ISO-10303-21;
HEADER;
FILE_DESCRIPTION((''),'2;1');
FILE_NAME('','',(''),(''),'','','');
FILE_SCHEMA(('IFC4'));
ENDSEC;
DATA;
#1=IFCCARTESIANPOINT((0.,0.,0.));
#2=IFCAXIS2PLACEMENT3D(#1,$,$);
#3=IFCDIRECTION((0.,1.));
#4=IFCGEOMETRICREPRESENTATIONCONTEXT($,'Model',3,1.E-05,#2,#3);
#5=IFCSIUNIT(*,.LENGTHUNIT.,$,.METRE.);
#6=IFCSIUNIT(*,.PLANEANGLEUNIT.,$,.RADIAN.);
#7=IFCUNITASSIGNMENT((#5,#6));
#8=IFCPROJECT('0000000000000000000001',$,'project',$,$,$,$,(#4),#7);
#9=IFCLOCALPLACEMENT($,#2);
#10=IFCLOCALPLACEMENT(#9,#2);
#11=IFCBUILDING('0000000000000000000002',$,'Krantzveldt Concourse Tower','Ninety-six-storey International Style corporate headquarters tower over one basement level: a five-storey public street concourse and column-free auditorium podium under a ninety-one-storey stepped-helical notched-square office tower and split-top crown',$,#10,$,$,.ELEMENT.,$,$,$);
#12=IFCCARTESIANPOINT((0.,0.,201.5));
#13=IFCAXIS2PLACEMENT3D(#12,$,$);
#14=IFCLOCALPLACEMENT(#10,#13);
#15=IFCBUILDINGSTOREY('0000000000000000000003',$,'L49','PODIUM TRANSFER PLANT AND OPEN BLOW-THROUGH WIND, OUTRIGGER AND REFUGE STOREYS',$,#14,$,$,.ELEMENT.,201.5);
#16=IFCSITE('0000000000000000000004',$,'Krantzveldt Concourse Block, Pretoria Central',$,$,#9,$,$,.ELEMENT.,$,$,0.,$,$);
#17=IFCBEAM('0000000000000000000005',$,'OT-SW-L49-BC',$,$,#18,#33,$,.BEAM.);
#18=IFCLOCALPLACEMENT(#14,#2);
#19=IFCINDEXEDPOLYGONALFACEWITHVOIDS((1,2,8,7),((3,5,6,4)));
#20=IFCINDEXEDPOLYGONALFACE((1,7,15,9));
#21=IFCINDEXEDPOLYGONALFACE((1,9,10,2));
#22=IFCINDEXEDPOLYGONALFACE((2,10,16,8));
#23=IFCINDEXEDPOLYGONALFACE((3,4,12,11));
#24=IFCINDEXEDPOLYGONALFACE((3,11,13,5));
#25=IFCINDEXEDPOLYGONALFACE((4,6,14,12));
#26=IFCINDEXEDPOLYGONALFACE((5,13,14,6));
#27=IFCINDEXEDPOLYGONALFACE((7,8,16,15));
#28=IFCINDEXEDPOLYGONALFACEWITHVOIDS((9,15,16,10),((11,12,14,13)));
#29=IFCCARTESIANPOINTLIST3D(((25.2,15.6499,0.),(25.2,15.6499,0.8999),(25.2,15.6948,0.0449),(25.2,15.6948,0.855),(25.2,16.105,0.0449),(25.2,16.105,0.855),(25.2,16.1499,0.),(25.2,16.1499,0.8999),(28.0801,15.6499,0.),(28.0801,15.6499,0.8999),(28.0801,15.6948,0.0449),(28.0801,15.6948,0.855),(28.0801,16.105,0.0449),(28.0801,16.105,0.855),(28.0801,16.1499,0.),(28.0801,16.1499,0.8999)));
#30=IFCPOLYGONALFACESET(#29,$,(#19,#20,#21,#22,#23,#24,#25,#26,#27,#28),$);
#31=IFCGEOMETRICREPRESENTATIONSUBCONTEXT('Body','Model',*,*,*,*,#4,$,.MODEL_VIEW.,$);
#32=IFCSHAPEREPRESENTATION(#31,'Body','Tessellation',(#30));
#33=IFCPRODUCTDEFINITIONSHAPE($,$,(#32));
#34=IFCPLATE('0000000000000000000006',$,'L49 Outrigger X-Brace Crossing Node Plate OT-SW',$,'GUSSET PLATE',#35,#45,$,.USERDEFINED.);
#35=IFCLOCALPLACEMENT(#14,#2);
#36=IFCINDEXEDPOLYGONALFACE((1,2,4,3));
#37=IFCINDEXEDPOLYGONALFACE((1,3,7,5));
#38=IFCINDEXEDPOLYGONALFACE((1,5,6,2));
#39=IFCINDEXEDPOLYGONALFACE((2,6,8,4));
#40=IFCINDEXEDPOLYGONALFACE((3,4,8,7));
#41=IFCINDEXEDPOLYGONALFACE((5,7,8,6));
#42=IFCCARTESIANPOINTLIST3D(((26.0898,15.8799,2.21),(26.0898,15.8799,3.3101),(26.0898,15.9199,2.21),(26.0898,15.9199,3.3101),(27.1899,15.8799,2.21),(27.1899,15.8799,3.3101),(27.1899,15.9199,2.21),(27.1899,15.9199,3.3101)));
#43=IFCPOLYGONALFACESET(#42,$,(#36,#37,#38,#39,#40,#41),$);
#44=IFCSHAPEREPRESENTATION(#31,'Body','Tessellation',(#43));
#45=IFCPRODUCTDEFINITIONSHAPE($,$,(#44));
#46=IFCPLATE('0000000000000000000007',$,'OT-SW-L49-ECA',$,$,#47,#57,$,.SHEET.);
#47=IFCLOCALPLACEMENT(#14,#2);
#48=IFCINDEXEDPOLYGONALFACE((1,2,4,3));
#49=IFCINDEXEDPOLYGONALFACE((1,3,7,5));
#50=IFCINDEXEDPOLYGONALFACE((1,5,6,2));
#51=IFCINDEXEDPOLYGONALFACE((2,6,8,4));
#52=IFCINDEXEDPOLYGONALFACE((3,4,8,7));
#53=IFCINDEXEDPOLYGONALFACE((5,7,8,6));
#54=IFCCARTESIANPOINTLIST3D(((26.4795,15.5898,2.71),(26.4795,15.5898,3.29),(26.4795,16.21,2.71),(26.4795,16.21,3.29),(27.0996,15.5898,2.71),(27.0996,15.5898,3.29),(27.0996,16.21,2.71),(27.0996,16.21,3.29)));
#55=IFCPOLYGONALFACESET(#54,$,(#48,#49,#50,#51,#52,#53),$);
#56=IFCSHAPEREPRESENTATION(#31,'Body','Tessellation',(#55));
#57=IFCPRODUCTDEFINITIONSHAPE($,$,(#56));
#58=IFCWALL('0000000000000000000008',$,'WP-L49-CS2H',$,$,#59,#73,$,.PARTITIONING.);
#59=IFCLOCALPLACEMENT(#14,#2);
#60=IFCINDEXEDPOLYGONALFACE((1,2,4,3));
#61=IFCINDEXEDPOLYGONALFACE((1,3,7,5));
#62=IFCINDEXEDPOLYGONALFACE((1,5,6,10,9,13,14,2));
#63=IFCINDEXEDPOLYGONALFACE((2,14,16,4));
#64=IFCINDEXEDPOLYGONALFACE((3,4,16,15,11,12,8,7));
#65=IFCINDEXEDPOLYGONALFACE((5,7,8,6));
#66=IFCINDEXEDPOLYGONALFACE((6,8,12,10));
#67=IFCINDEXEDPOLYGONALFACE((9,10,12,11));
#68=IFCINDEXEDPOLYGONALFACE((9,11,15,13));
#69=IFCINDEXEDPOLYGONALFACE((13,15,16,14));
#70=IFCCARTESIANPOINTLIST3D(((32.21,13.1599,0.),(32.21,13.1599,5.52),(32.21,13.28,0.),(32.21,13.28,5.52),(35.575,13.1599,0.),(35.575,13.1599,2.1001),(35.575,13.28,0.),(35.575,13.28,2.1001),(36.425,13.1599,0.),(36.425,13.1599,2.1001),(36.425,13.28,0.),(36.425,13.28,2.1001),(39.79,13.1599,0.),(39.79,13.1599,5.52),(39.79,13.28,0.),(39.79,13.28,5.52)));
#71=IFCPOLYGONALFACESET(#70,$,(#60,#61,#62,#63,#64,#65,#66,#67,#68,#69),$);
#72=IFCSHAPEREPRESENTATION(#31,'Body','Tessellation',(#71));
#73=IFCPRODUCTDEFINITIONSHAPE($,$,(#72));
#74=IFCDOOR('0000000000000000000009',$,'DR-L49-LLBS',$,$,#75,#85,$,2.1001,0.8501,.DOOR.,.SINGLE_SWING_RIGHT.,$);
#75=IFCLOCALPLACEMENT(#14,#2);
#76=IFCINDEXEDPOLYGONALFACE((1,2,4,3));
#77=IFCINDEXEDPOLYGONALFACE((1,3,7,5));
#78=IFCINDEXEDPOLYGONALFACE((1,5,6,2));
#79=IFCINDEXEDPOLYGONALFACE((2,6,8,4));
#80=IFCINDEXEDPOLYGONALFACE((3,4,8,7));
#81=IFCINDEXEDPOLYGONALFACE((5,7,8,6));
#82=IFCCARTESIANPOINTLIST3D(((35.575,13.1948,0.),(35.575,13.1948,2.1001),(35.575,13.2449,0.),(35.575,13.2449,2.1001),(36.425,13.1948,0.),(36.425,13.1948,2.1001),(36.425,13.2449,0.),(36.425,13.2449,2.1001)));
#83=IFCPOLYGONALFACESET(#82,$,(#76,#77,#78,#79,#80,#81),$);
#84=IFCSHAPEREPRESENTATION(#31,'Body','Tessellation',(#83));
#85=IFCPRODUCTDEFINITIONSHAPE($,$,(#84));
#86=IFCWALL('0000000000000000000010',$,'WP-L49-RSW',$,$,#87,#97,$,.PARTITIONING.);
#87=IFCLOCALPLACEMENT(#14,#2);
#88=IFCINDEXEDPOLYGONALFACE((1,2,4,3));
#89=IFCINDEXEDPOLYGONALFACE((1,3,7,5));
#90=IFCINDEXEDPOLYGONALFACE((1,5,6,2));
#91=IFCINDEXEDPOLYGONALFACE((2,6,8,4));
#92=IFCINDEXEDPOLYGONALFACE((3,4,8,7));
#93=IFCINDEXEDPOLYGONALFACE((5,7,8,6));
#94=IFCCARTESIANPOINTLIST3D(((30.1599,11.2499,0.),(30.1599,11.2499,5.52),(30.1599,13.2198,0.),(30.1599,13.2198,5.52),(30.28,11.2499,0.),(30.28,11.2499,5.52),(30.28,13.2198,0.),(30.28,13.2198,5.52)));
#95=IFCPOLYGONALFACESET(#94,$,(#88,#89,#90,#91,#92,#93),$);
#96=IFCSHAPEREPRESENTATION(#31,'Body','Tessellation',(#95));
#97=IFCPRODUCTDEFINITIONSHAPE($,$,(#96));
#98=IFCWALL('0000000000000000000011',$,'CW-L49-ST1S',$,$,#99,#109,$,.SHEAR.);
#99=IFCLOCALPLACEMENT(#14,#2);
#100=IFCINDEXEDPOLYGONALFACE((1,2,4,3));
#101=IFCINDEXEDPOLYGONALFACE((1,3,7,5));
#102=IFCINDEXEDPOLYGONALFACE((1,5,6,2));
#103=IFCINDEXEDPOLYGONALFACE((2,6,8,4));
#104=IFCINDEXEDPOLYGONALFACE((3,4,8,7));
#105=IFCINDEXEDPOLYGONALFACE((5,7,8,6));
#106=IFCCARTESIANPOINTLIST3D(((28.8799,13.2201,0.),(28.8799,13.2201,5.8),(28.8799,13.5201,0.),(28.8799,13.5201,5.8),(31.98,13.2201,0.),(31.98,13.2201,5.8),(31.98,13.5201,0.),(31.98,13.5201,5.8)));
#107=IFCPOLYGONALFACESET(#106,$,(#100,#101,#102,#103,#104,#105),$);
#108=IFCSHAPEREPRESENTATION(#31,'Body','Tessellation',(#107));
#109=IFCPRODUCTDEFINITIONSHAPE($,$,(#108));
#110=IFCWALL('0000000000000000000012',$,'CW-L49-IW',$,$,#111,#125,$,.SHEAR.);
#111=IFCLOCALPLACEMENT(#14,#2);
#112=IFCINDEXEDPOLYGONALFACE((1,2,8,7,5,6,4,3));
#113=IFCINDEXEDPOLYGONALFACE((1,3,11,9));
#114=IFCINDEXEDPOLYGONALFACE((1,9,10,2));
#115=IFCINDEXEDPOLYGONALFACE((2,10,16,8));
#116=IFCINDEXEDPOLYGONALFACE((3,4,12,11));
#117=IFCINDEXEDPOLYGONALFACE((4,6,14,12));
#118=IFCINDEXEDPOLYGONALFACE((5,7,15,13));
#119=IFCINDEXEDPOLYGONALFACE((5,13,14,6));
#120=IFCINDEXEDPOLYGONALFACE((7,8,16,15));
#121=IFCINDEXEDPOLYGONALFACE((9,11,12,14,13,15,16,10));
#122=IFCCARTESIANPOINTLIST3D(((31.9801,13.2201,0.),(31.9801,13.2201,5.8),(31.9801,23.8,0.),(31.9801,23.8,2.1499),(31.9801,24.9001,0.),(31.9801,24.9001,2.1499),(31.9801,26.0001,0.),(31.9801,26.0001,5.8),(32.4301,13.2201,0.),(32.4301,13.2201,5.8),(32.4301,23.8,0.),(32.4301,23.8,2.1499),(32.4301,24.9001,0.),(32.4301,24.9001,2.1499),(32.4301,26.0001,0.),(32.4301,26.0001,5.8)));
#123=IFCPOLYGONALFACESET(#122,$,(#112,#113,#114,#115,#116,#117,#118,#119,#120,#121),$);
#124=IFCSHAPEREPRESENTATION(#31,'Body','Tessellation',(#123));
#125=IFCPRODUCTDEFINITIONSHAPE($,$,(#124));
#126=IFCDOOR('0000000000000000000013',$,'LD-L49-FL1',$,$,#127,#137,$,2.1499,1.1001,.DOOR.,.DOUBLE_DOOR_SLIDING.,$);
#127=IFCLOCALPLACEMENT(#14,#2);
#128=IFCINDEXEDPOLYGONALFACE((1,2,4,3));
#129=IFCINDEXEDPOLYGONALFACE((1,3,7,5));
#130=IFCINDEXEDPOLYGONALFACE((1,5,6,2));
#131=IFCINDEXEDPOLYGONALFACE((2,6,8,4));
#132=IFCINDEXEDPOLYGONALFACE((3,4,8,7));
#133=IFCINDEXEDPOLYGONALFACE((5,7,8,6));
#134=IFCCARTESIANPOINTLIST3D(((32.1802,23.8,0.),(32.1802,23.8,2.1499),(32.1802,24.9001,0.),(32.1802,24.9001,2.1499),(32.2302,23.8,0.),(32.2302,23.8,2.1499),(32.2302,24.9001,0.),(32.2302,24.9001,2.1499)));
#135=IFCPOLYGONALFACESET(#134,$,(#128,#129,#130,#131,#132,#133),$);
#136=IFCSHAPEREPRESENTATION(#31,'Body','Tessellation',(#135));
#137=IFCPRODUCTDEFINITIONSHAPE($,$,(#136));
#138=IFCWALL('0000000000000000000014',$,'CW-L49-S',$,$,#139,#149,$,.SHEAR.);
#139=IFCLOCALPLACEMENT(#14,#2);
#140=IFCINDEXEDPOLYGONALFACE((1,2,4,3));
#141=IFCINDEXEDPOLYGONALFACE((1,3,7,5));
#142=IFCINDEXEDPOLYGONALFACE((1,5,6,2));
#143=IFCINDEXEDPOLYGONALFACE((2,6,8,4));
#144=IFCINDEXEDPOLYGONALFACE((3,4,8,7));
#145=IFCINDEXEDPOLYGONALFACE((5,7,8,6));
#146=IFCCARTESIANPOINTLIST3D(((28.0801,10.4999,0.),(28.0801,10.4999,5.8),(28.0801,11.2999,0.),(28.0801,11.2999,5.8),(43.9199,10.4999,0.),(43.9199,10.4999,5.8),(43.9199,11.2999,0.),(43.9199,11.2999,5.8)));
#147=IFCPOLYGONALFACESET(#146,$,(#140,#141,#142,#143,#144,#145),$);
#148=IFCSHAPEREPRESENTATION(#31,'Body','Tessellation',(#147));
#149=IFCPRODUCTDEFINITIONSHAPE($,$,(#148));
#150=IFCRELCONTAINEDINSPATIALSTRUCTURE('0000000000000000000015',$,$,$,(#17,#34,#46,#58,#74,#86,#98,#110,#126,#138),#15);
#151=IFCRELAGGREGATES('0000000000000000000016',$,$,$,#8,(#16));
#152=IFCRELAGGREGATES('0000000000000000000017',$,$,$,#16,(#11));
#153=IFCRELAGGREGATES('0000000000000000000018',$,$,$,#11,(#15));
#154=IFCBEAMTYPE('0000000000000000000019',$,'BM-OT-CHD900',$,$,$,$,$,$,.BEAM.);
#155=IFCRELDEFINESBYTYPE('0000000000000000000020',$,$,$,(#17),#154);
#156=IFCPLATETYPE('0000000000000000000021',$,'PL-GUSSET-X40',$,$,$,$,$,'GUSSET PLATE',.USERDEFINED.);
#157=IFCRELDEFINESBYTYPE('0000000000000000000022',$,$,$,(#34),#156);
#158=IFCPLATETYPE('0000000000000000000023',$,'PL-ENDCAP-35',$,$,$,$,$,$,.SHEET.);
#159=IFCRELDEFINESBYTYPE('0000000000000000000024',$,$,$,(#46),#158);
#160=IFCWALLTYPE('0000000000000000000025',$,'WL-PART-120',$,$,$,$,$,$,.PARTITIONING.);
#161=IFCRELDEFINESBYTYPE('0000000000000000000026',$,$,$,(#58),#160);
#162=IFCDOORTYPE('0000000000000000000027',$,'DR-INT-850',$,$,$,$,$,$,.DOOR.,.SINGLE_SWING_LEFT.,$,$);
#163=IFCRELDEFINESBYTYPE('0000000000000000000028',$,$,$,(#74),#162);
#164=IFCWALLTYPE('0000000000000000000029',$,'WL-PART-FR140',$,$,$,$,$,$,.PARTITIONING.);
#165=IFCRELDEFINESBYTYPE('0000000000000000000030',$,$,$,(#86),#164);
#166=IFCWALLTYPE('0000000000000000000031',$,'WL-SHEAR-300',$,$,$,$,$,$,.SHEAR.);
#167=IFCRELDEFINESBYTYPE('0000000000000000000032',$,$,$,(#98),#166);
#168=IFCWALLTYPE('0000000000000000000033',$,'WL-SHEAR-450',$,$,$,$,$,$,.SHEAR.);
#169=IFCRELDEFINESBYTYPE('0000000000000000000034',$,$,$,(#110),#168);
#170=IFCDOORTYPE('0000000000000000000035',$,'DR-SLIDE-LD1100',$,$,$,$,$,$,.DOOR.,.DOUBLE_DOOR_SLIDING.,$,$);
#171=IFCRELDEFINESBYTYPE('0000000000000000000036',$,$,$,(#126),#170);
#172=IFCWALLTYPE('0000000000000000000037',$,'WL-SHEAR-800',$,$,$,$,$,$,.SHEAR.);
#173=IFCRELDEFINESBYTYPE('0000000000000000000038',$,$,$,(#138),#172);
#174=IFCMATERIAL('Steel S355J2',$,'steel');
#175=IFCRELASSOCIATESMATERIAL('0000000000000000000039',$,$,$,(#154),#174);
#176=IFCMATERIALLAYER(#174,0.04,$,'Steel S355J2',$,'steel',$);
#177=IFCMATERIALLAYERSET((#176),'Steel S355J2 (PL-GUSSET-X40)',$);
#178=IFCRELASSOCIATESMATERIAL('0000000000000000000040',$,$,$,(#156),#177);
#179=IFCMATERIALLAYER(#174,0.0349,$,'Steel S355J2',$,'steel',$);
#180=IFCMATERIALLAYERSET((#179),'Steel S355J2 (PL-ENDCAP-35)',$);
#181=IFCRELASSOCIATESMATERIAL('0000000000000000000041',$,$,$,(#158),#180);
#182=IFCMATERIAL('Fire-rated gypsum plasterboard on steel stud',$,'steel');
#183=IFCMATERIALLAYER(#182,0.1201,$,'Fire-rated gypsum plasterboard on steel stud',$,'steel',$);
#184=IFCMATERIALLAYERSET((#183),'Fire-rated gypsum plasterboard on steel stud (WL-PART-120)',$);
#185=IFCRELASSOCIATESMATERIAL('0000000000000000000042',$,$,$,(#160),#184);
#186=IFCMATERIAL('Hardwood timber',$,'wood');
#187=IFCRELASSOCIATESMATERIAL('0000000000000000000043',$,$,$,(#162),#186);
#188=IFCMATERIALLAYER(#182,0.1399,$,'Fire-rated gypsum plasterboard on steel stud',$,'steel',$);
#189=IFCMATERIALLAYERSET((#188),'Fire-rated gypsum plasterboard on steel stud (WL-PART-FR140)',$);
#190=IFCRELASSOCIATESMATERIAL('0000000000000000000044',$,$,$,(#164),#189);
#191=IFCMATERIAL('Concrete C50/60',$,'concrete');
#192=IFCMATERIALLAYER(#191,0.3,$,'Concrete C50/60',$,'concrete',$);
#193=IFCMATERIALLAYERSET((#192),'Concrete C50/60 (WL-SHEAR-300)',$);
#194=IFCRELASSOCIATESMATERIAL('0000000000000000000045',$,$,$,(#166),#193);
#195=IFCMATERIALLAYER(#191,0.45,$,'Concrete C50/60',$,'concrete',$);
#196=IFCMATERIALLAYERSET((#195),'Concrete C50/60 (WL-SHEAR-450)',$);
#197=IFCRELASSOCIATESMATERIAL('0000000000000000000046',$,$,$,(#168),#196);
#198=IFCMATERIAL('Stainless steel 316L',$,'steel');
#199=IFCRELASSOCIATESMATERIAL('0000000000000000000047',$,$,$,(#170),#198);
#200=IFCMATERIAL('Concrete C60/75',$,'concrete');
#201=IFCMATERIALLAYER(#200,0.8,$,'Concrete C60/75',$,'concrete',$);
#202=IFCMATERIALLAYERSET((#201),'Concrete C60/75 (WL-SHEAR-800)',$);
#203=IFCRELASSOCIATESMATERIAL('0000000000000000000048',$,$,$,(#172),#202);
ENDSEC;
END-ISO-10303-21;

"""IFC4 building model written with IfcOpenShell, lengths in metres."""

from ifc_helpers import new_model, si_unit, direction, frame, frame_2d, origin, origin_2d, place, context, subcontext, project, spatial, rectangle, hollow_rectangle, extrude, source, transform, mapped, material, layer, layer_set, material_profile, profile_set, type_object, type_shapes, element, fill, save


model = new_model("IFC4")

# Units and contexts
model_context = context("Model", 3, precision=1e-05, world=origin(), true_north=direction((0.0, 1.0)))
body_context = subcontext(model_context, "Body", "Model", "MODEL_VIEW")
ifc_project = project(units=[si_unit("LENGTHUNIT", "METRE"), si_unit("PLANEANGLEUNIT", "RADIAN")], contexts=[model_context])

# Site, building, storey
site_placement = place(None, origin())
site = spatial("IfcSite", under=ifc_project, at=site_placement, Name="Krantzveldt Concourse Block, Pretoria Central", CompositionType="ELEMENT", RefElevation=0.0)
building_placement = place(site_placement, origin())
building = spatial("IfcBuilding", under=site, at=building_placement, Name="Krantzveldt Concourse Tower", Description="Ninety-six-storey International Style corporate headquarters tower over one basement level: a five-storey public street concourse and column-free auditorium podium under a ninety-one-storey stepped-helical notched-square office tower and split-top crown", CompositionType="ELEMENT")
storey_placement = place(building_placement, frame((0.0, 0.0, 201.5)))
storey = spatial("IfcBuildingStorey", under=building, at=storey_placement, Name="L49", Description="PODIUM TRANSFER PLANT AND OPEN BLOW-THROUGH WIND, OUTRIGGER AND REFUGE STOREYS", CompositionType="ELEMENT", Elevation=201.5)

# Beam
ifc_material_1 = material(Name="Steel S355J2", Category="steel")
ifc_material_profile = material_profile(ifc_material_1, hollow_rectangle(XDim=0.5, YDim=0.8999, WallThickness=0.0449, at=origin_2d()), Name="Steel S355J2", Category="steel")
ifc_profile_set = profile_set([ifc_material_profile], Name="Steel S355J2 - RHS 900x500x45")
beam_type = type_object("IfcBeamType", Name="BM-OT-CHD900", PredefinedType="BEAM", material=ifc_profile_set)
shared_shape_1 = source(origin(), body_context, "Body", "SweptSolid", [
    extrude(hollow_rectangle(XDim=0.5, YDim=0.8999, WallThickness=0.0449, at=origin_2d()), origin(), (0.0, 0.0, 1.0), 2.8801),
])
type_shapes(beam_type, [shared_shape_1])
beam_placement = place(storey_placement, frame((28.0801, 15.8999, 0.45), z_axis=(-1.0, 0.0, 0.0), x_axis=(0.0, -1.0, 0.0)))
element("IfcBeam", 1, at=beam_placement, inside=storey, type_object=beam_type, Name="OT-SW-L49-BC", PredefinedType="BEAM", context=body_context, shape_type="MappedRepresentation", body=[
    mapped(shared_shape_1, transform((0.0, 0.0, 0.0), x_axis=(1.0, 0.0, 0.0), y_axis=(0.0, 1.0, 0.0), z_axis=(0.0, 0.0, 1.0), scale=1.0)),
])

# Plates
ifc_layer_1 = layer(ifc_material_1, 0.04, Name="Steel S355J2", Category="steel")
ifc_layer_set_1 = layer_set([ifc_layer_1], Name="Steel S355J2 (PL-GUSSET-X40)")
plate_type_1 = type_object("IfcPlateType", Name="PL-GUSSET-X40", ElementType="GUSSET PLATE", PredefinedType="USERDEFINED", material=ifc_layer_set_1)
shared_shape_2 = source(origin(), body_context, "Body", "SweptSolid", [
    extrude(rectangle(XDim=1.1001, YDim=0.04, at=origin_2d()), origin(), (0.0, 0.0, 1.0), 1.1001),
])
type_shapes(plate_type_1, [shared_shape_2])
plate_1_placement = place(storey_placement, frame((26.6399, 15.8999, 2.21), z_axis=(0.0, 0.0, 1.0), x_axis=(1.0, 0.0, 0.0)))
element("IfcPlate", 2, at=plate_1_placement, inside=storey, type_object=plate_type_1, Name="L49 Outrigger X-Brace Crossing Node Plate OT-SW", ObjectType="GUSSET PLATE", PredefinedType="USERDEFINED", context=body_context, shape_type="MappedRepresentation", body=[
    mapped(shared_shape_2, transform((0.0, 0.0, 0.0), x_axis=(1.0, 0.0, 0.0), y_axis=(0.0, 1.0, 0.0), z_axis=(0.0, 0.0, 1.0), scale=1.0)),
])
ifc_layer_2 = layer(ifc_material_1, 0.0349, Name="Steel S355J2", Category="steel")
ifc_layer_set_2 = layer_set([ifc_layer_2], Name="Steel S355J2 (PL-ENDCAP-35)")
plate_type_2 = type_object("IfcPlateType", Name="PL-ENDCAP-35", PredefinedType="SHEET", material=ifc_layer_set_2)
shared_shape_3 = source(origin(), body_context, "Body", "SweptSolid", [
    extrude(rectangle(XDim=0.6201, YDim=0.6201, at=origin_2d()), origin(), (0.0, 0.0, 1.0), 0.5801),
])
type_shapes(plate_type_2, [shared_shape_3])
plate_2_placement = place(storey_placement, frame((26.7896, 15.8999, 2.71), z_axis=(0.0, 0.0, 1.0), x_axis=(1.0, 0.0, 0.0)))
element("IfcPlate", 3, at=plate_2_placement, inside=storey, type_object=plate_type_2, Name="OT-SW-L49-ECA", PredefinedType="SHEET", context=body_context, shape_type="MappedRepresentation", body=[
    mapped(shared_shape_3, transform((0.0, 0.0, 0.0), x_axis=(1.0, 0.0, 0.0), y_axis=(0.0, 1.0, 0.0), z_axis=(0.0, 0.0, 1.0), scale=1.0)),
])

# Wall, opening, door
ifc_material_2 = material(Name="Fire-rated gypsum plasterboard on steel stud", Category="steel")
ifc_layer_3 = layer(ifc_material_2, 0.1201, Name="Fire-rated gypsum plasterboard on steel stud", Category="steel")
ifc_layer_set_3 = layer_set([ifc_layer_3], Name="Fire-rated gypsum plasterboard on steel stud (WL-PART-120)")
wall_type_1 = type_object("IfcWallType", Name="WL-PART-120", PredefinedType="PARTITIONING", material=ifc_layer_set_3)
wall_1_placement = place(storey_placement, frame((32.21, 13.22, 0.0), z_axis=(0.0, 0.0, 1.0), x_axis=(1.0, 0.0, 0.0)))
wall_1 = element("IfcWall", 4, at=wall_1_placement, inside=storey, type_object=wall_type_1, Name="WP-L49-CS2H", PredefinedType="PARTITIONING", context=body_context, shape_type="SweptSolid", body=[
    extrude(rectangle(XDim=7.5801, YDim=0.1201, at=frame_2d((3.79, 0.0))), origin(), (0.0, 0.0, 1.0), 5.52),
])
opening_1_placement = place(wall_1_placement, frame((3.365, 0.0, 0.0)))
opening_1 = element("IfcOpeningElement", 5, at=opening_1_placement, cuts=wall_1, PredefinedType="OPENING", context=body_context, shape_type="SweptSolid", body=[
    extrude(rectangle(XDim=0.8501, YDim=2.1001, at=frame_2d((0.425, 1.05))), frame((0.0, 0.0701, 0.0), z_axis=(0.0, -1.0, 0.0), x_axis=(1.0, 0.0, 0.0)), (0.0, 0.0, 1.0), 0.1401),
])
ifc_material_3 = material(Name="Hardwood timber", Category="wood")
door_type_1 = type_object("IfcDoorType", Name="DR-INT-850", OperationType="SINGLE_SWING_LEFT", PredefinedType="DOOR", material=ifc_material_3)
door_1_placement = place(opening_1_placement, origin())
door_1 = element("IfcDoor", 6, at=door_1_placement, inside=storey, type_object=door_type_1, Name="DR-L49-LLBS", OperationType="SINGLE_SWING_RIGHT", OverallHeight=2.1001, OverallWidth=0.8501, PredefinedType="DOOR", context=body_context, shape_type="SweptSolid", body=[
    extrude(rectangle(XDim=0.8501, YDim=2.1001, at=frame_2d((0.425, 1.05))), frame((0.0, 0.0249, 0.0), z_axis=(0.0, -1.0, 0.0), x_axis=(1.0, 0.0, 0.0)), (0.0, 0.0, 1.0), 0.05),
])
fill(opening_1, door_1)

# Walls
ifc_layer_4 = layer(ifc_material_2, 0.1399, Name="Fire-rated gypsum plasterboard on steel stud", Category="steel")
ifc_layer_set_4 = layer_set([ifc_layer_4], Name="Fire-rated gypsum plasterboard on steel stud (WL-PART-FR140)")
wall_type_2 = type_object("IfcWallType", Name="WL-PART-FR140", PredefinedType="PARTITIONING", material=ifc_layer_set_4)
wall_2_placement = place(storey_placement, frame((30.22, 11.25, 0.0), z_axis=(0.0, 0.0, 1.0), x_axis=(0.0, 1.0, 0.0)))
element("IfcWall", 7, at=wall_2_placement, inside=storey, type_object=wall_type_2, Name="WP-L49-RSW", PredefinedType="PARTITIONING", context=body_context, shape_type="SweptSolid", body=[
    extrude(rectangle(XDim=1.97, YDim=0.1201, at=frame_2d((0.9849, 0.0))), origin(), (0.0, 0.0, 1.0), 5.52),
])
ifc_material_4 = material(Name="Concrete C50/60", Category="concrete")
ifc_layer_5 = layer(ifc_material_4, 0.3, Name="Concrete C50/60", Category="concrete")
ifc_layer_set_5 = layer_set([ifc_layer_5], Name="Concrete C50/60 (WL-SHEAR-300)")
wall_type_3 = type_object("IfcWallType", Name="WL-SHEAR-300", PredefinedType="SHEAR", material=ifc_layer_set_5)
wall_3_placement = place(storey_placement, frame((28.8799, 13.3701, 0.0), z_axis=(0.0, 0.0, 1.0), x_axis=(1.0, 0.0, 0.0)))
element("IfcWall", 8, at=wall_3_placement, inside=storey, type_object=wall_type_3, Name="CW-L49-ST1S", PredefinedType="SHEAR", context=body_context, shape_type="SweptSolid", body=[
    extrude(rectangle(XDim=3.1001, YDim=0.3, at=frame_2d((1.55, 0.0))), origin(), (0.0, 0.0, 1.0), 5.8),
])

# Wall, opening, door
ifc_layer_6 = layer(ifc_material_4, 0.45, Name="Concrete C50/60", Category="concrete")
ifc_layer_set_6 = layer_set([ifc_layer_6], Name="Concrete C50/60 (WL-SHEAR-450)")
wall_type_4 = type_object("IfcWallType", Name="WL-SHEAR-450", PredefinedType="SHEAR", material=ifc_layer_set_6)
wall_4_placement = place(storey_placement, frame((32.2051, 13.22, 0.0), z_axis=(0.0, 0.0, 1.0), x_axis=(0.0, 1.0, 0.0)))
wall_4 = element("IfcWall", 9, at=wall_4_placement, inside=storey, type_object=wall_type_4, Name="CW-L49-IW", PredefinedType="SHEAR", context=body_context, shape_type="SweptSolid", body=[
    extrude(rectangle(XDim=12.78, YDim=0.45, at=frame_2d((6.3901, 0.0))), origin(), (0.0, 0.0, 1.0), 5.8),
])
opening_2_placement = place(wall_4_placement, frame((10.5801, 0.0, 0.0)))
opening_2 = element("IfcOpeningElement", 10, at=opening_2_placement, cuts=wall_4, PredefinedType="OPENING", context=body_context, shape_type="SweptSolid", body=[
    extrude(rectangle(XDim=1.1001, YDim=2.1499, at=frame_2d((0.55, 1.075))), frame((0.0, 0.2349, 0.0), z_axis=(0.0, -1.0, 0.0), x_axis=(1.0, 0.0, 0.0)), (0.0, 0.0, 1.0), 0.47),
])
ifc_material_5 = material(Name="Stainless steel 316L", Category="steel")
door_type_2 = type_object("IfcDoorType", Name="DR-SLIDE-LD1100", OperationType="DOUBLE_DOOR_SLIDING", PredefinedType="DOOR", material=ifc_material_5)
door_2_placement = place(opening_2_placement, origin())
door_2 = element("IfcDoor", 11, at=door_2_placement, inside=storey, type_object=door_type_2, Name="LD-L49-FL1", OperationType="DOUBLE_DOOR_SLIDING", OverallHeight=2.1499, OverallWidth=1.1001, PredefinedType="DOOR", context=body_context, shape_type="SweptSolid", body=[
    extrude(rectangle(XDim=1.1001, YDim=2.1499, at=frame_2d((0.55, 1.075))), frame((0.0, 0.0249, 0.0), z_axis=(0.0, -1.0, 0.0), x_axis=(1.0, 0.0, 0.0)), (0.0, 0.0, 1.0), 0.05),
])
fill(opening_2, door_2)

# Wall
ifc_material_6 = material(Name="Concrete C60/75", Category="concrete")
ifc_layer_7 = layer(ifc_material_6, 0.8, Name="Concrete C60/75", Category="concrete")
ifc_layer_set_7 = layer_set([ifc_layer_7], Name="Concrete C60/75 (WL-SHEAR-800)")
wall_type_5 = type_object("IfcWallType", Name="WL-SHEAR-800", PredefinedType="SHEAR", material=ifc_layer_set_7)
wall_5_placement = place(storey_placement, frame((28.0801, 10.8999, 0.0), z_axis=(0.0, 0.0, 1.0), x_axis=(1.0, 0.0, 0.0)))
element("IfcWall", 12, at=wall_5_placement, inside=storey, type_object=wall_type_5, Name="CW-L49-S", PredefinedType="SHEAR", context=body_context, shape_type="SweptSolid", body=[
    extrude(rectangle(XDim=15.8398, YDim=0.8, at=frame_2d((7.9199, 0.0))), origin(), (0.0, 0.0, 1.0), 5.8),
])

save(model, "model.ifc")
